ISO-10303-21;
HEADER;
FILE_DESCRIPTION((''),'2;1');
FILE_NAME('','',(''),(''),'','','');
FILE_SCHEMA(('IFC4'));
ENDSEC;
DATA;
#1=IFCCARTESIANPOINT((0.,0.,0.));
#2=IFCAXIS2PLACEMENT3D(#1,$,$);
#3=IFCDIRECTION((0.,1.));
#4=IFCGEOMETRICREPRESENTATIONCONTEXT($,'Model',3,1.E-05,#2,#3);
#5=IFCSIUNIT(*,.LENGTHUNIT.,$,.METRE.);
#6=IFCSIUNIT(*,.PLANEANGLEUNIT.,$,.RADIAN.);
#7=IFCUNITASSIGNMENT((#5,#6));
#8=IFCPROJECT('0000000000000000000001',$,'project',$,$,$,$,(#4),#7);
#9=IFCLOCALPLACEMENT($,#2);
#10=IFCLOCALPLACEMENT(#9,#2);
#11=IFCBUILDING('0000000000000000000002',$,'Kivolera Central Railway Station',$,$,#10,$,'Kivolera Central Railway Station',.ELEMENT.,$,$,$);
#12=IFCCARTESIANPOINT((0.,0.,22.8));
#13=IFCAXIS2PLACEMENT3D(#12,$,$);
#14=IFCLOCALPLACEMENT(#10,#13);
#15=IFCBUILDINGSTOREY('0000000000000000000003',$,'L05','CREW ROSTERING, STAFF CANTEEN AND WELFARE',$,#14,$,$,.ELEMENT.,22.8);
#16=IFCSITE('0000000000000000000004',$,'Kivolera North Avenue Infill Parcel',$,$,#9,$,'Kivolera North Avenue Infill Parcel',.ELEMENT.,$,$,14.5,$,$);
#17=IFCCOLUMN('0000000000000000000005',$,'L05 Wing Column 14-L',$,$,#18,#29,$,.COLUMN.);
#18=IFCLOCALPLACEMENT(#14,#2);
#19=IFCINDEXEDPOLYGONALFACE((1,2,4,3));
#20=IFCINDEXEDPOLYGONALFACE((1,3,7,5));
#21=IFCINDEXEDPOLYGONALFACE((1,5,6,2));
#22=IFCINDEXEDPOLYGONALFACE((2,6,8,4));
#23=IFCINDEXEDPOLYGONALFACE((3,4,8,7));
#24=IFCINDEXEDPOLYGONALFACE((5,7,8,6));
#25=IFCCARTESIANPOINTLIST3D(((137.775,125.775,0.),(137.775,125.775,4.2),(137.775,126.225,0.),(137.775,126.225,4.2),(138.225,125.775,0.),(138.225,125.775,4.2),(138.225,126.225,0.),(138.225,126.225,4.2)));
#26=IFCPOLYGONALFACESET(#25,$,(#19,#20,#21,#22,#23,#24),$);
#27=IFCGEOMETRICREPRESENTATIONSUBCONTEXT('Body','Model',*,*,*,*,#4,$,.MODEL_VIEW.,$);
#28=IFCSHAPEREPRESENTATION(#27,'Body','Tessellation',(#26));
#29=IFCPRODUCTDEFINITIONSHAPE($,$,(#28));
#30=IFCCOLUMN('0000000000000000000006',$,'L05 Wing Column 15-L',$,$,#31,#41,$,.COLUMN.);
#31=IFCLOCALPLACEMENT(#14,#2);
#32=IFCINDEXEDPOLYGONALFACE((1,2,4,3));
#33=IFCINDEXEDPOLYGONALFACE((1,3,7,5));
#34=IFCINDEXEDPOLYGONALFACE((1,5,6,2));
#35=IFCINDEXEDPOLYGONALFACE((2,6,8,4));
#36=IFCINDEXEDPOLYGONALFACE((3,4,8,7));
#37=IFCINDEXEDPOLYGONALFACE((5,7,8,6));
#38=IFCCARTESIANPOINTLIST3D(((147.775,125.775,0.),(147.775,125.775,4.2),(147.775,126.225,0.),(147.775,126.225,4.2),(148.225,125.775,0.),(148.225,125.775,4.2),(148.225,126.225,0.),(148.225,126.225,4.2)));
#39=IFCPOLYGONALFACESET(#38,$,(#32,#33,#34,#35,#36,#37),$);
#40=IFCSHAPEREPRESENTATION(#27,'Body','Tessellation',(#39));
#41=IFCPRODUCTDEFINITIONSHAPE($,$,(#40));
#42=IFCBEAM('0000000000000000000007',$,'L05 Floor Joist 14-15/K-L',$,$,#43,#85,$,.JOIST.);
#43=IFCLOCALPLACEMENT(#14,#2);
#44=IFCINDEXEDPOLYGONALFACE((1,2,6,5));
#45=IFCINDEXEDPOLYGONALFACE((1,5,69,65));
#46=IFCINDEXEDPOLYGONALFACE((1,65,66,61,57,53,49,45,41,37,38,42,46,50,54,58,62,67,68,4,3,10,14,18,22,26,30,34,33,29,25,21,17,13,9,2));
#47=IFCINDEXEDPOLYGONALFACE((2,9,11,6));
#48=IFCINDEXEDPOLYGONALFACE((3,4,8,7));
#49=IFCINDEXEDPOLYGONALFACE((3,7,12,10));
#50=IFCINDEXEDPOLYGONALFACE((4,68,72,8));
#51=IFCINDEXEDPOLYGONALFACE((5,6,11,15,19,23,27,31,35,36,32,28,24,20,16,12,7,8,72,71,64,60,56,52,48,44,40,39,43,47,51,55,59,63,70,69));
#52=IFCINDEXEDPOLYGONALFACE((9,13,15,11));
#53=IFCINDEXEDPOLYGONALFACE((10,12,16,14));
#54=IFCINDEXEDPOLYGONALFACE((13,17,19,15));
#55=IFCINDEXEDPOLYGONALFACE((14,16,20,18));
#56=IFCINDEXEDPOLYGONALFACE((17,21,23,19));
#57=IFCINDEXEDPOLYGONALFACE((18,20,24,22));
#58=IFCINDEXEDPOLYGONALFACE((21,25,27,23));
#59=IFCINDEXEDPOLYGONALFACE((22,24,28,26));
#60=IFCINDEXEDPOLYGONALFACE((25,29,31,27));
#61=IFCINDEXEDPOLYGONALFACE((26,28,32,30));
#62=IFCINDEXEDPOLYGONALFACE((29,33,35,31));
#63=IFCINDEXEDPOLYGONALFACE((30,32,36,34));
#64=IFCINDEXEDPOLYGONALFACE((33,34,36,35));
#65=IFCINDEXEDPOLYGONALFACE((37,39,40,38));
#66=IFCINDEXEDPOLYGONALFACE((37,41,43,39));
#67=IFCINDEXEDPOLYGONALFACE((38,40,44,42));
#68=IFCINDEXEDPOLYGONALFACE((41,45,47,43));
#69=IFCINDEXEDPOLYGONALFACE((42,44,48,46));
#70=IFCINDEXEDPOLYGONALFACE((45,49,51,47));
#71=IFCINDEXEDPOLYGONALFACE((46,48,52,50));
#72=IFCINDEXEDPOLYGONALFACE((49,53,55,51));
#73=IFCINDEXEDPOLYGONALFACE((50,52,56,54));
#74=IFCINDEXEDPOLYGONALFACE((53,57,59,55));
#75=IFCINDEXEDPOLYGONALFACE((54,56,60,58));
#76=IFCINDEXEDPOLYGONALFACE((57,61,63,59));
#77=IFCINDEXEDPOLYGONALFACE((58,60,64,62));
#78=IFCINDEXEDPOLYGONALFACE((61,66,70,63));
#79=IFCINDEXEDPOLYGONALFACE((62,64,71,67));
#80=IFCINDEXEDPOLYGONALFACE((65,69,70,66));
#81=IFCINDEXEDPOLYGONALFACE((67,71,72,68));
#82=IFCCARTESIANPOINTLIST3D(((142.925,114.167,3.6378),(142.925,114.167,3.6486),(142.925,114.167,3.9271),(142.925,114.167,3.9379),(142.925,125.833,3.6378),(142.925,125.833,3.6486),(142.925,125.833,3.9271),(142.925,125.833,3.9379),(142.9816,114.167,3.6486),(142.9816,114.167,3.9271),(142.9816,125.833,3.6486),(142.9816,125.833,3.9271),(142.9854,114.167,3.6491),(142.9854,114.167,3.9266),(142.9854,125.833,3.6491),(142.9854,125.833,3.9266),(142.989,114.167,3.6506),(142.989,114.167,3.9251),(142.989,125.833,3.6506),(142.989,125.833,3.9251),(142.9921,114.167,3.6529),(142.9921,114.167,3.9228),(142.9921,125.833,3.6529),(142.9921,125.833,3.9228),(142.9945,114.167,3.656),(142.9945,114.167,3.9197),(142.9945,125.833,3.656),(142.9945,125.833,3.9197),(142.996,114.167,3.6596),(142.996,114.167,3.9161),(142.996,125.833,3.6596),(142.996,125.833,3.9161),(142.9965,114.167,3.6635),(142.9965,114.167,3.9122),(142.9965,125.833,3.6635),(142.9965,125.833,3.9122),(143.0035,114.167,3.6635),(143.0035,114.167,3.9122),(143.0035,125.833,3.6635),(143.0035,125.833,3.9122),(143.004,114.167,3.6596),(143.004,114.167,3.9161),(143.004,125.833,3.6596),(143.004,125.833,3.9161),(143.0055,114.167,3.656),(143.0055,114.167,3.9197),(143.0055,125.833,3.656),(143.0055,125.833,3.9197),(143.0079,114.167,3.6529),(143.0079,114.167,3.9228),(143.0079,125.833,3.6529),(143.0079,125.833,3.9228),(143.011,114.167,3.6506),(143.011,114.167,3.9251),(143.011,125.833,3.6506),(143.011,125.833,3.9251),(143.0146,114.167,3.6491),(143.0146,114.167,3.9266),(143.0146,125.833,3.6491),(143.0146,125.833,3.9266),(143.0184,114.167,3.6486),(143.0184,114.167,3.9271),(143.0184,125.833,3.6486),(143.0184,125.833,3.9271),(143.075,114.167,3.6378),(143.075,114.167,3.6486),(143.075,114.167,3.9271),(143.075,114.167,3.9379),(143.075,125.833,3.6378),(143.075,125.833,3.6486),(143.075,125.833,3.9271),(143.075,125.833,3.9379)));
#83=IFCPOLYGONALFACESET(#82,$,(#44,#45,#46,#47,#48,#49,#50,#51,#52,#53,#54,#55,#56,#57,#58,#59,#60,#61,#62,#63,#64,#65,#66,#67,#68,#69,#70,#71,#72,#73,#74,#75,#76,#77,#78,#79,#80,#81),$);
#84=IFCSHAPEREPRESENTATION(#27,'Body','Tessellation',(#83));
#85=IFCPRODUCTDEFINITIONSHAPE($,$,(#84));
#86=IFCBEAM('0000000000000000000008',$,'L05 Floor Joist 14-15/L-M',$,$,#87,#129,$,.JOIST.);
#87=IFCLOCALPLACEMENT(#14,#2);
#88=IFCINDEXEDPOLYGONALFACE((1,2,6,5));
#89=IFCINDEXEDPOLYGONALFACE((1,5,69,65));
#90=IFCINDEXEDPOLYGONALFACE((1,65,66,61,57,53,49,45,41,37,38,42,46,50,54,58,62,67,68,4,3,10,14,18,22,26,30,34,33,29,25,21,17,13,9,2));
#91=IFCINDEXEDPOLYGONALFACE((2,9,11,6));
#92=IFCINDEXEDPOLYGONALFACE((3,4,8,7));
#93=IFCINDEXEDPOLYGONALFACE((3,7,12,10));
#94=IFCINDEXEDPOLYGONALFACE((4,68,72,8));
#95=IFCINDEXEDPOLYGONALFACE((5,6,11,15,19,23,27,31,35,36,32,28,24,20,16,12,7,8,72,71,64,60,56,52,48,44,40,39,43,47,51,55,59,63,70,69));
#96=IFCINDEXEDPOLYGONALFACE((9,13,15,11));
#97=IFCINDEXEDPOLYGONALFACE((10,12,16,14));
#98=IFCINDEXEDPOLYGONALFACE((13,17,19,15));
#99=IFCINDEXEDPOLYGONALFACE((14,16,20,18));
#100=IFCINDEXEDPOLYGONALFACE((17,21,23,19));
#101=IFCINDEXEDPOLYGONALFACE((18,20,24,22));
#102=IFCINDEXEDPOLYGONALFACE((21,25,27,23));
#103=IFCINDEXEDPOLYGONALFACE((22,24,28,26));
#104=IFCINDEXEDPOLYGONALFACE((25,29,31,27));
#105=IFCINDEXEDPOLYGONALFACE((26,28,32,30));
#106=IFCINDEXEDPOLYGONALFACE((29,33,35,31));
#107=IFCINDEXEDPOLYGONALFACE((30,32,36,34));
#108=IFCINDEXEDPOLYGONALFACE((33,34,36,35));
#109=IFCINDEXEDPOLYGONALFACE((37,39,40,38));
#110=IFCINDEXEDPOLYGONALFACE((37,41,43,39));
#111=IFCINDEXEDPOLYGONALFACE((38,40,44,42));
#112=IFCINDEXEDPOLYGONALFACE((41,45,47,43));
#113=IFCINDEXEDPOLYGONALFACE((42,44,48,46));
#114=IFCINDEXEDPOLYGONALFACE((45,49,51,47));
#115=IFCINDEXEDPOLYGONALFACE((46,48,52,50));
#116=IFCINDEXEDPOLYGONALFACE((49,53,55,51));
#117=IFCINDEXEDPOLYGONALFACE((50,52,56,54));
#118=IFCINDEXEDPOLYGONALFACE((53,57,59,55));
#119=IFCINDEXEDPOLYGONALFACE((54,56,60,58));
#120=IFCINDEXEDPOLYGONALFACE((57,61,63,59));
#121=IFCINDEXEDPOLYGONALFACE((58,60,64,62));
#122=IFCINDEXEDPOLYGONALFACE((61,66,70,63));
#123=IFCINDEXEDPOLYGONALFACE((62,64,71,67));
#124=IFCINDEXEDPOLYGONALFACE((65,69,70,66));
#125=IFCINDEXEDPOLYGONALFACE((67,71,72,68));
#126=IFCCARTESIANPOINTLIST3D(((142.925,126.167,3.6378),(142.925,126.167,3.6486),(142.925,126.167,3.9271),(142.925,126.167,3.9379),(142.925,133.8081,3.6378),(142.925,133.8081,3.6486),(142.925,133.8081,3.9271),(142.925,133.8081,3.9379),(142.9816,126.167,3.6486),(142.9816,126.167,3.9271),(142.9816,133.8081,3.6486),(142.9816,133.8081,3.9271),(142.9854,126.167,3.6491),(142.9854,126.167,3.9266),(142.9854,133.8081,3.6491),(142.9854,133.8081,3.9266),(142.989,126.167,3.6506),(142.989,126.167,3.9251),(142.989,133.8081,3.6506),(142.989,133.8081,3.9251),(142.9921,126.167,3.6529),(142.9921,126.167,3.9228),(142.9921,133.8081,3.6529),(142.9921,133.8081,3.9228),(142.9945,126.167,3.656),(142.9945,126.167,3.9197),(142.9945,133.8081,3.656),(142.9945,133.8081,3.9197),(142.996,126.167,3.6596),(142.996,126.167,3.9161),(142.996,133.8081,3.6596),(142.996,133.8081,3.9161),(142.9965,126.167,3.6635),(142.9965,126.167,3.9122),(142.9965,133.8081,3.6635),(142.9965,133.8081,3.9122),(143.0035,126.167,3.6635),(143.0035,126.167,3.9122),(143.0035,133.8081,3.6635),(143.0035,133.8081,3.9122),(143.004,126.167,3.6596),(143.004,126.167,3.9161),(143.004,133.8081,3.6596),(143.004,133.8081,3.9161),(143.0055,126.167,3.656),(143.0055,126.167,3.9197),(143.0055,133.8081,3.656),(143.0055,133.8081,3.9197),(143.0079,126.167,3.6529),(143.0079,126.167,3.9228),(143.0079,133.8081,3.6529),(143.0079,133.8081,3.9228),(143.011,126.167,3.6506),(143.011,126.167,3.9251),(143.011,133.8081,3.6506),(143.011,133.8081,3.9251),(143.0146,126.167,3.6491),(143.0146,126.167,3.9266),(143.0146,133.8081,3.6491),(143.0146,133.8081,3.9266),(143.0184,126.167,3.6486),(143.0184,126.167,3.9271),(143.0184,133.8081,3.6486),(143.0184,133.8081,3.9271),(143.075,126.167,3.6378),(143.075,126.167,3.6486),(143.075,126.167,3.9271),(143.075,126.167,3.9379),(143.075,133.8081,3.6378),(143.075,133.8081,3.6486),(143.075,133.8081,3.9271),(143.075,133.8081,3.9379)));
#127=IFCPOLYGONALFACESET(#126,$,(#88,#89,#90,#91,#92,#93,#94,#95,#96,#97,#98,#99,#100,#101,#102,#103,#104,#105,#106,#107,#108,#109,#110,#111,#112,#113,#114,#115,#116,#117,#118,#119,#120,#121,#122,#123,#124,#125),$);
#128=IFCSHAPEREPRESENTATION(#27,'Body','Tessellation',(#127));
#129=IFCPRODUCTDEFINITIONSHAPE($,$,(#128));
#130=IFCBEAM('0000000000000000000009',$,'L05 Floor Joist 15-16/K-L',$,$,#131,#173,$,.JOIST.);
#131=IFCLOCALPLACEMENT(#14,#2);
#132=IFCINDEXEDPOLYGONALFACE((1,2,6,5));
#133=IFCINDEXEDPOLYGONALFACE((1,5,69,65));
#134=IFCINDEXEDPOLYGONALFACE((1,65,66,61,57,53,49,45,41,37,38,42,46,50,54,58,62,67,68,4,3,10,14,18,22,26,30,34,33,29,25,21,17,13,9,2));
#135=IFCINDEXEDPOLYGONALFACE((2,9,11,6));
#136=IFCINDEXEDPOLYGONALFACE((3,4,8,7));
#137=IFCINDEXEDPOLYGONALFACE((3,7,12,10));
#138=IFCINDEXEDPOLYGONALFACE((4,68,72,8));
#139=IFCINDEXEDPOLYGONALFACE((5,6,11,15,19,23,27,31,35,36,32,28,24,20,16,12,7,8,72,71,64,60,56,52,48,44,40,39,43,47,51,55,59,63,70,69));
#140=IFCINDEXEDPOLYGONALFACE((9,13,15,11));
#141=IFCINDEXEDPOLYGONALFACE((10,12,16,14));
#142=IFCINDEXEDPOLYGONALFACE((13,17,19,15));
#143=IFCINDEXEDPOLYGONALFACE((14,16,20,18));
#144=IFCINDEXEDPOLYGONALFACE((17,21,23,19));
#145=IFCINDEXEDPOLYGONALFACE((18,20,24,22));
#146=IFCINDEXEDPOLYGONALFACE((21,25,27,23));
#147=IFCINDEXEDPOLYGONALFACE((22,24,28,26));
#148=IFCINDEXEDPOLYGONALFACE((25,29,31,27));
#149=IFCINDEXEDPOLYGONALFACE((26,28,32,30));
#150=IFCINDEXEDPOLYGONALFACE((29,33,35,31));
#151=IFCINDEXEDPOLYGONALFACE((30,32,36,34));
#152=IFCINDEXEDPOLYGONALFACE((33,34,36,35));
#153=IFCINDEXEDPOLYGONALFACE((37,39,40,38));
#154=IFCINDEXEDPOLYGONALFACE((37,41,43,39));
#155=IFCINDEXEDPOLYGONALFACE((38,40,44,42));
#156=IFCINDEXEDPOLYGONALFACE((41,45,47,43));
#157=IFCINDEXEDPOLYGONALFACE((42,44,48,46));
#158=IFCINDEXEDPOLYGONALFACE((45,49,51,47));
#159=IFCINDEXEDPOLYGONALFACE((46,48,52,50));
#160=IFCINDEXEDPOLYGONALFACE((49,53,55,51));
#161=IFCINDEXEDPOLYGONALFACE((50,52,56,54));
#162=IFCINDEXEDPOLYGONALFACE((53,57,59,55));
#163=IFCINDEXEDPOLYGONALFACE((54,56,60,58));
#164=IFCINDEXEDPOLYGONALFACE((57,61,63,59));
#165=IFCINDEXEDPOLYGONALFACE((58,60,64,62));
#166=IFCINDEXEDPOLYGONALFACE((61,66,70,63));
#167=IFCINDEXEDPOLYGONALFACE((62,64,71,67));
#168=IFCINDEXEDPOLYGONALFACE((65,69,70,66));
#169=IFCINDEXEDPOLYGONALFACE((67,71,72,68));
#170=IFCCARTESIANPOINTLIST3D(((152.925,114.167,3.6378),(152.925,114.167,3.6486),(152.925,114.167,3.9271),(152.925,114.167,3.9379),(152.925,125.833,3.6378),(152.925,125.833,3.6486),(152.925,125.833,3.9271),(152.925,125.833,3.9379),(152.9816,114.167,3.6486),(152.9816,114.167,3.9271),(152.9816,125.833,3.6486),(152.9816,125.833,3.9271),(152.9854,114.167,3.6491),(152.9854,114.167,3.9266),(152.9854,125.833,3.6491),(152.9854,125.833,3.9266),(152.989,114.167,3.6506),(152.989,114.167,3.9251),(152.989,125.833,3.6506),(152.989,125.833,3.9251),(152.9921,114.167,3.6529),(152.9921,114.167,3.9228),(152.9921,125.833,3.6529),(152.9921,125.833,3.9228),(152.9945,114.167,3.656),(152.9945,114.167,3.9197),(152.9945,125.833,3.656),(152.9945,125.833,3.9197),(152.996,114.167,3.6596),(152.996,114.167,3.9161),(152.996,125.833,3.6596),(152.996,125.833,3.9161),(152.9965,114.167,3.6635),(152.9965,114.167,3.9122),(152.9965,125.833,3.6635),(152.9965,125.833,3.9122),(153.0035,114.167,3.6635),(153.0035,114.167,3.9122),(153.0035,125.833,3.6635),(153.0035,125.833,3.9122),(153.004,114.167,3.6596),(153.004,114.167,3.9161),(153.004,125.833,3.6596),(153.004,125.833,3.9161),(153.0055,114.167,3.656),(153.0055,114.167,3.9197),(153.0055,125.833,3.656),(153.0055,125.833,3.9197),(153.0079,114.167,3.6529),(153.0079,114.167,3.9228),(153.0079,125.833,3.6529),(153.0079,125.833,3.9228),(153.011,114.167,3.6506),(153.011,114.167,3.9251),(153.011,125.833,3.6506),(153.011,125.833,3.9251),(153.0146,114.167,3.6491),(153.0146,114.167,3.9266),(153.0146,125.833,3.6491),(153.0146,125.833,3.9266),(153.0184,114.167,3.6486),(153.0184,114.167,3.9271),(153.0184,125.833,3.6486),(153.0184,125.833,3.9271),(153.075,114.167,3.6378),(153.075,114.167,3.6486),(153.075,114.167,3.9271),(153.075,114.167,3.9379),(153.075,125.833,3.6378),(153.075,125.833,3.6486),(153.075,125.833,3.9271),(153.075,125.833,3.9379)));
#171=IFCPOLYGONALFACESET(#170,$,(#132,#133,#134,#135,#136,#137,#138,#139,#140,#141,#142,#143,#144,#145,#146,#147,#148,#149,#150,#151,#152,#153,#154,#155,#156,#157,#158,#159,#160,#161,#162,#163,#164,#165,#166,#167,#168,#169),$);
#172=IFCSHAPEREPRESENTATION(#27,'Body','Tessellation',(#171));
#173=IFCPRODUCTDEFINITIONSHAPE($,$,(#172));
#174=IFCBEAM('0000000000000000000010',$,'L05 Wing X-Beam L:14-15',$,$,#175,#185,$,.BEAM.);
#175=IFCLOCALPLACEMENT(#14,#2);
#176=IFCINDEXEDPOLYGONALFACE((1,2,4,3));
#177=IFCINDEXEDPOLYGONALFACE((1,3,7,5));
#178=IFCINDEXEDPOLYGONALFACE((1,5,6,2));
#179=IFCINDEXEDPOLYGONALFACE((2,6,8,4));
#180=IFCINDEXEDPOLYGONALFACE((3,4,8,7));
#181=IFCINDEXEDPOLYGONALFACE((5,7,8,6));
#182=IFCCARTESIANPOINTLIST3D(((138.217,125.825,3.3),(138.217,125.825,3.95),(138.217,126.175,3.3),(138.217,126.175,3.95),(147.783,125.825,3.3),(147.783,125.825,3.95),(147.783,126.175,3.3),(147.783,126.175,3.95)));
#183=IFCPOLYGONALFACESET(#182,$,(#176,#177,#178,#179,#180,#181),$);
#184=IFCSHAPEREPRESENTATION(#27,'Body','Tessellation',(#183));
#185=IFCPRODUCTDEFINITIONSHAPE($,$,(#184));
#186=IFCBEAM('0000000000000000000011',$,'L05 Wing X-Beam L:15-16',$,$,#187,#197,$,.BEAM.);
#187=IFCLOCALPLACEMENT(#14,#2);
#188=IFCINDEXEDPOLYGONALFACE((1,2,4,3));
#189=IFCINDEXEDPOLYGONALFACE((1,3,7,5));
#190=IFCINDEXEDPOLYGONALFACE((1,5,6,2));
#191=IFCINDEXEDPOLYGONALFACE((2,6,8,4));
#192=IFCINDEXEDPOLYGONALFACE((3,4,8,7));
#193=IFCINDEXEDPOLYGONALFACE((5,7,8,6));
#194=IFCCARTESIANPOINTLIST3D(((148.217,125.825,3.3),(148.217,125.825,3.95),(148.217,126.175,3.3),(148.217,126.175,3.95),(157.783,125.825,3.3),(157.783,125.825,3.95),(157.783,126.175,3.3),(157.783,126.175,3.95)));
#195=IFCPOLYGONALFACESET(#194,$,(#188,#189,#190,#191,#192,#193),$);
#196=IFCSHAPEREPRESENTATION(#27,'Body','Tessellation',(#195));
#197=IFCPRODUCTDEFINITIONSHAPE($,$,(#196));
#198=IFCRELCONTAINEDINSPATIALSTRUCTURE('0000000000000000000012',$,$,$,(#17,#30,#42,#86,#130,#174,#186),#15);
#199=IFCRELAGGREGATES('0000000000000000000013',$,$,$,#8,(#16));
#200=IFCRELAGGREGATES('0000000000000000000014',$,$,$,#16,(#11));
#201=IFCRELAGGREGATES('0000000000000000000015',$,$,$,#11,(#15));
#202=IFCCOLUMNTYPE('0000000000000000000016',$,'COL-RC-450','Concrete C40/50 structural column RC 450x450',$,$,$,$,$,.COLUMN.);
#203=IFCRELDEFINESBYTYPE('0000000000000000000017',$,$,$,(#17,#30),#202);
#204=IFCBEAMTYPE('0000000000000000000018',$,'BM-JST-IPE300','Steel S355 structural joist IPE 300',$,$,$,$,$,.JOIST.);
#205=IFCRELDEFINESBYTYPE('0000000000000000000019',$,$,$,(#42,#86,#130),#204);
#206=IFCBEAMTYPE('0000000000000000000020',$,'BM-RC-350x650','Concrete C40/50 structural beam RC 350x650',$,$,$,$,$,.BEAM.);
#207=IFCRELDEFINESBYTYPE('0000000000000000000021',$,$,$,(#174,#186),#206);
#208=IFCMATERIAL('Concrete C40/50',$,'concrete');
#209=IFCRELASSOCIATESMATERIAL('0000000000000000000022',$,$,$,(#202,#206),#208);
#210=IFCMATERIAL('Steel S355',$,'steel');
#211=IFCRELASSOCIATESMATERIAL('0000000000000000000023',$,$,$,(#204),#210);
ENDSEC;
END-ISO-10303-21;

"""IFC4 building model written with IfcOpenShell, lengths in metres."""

from ifc_helpers import new_model, si_unit, direction, frame, origin, origin_2d, place, context, subcontext, project, spatial, rectangle, i_section, extrude, material, material_profile, profile_set, type_object, element, save


model = new_model("IFC4")

# Units and contexts
model_context = context("Model", 3, precision=1e-05, world=origin(), true_north=direction((0.0, 1.0)))
body_context = subcontext(model_context, "Body", "Model", "MODEL_VIEW")
ifc_project = project(units=[si_unit("LENGTHUNIT", "METRE"), si_unit("PLANEANGLEUNIT", "RADIAN")], contexts=[model_context])

# Site, building, storey
site_placement = place(None, origin())
site = spatial("IfcSite", under=ifc_project, at=site_placement, Name="Kivolera North Avenue Infill Parcel", LongName="Kivolera North Avenue Infill Parcel", CompositionType="ELEMENT", RefElevation=14.5)
building_placement = place(site_placement, origin())
building = spatial("IfcBuilding", under=site, at=building_placement, Name="Kivolera Central Railway Station", LongName="Kivolera Central Railway Station", CompositionType="ELEMENT")
storey_placement = place(building_placement, frame((0.0, 0.0, 22.8)))
storey = spatial("IfcBuildingStorey", under=building, at=storey_placement, Name="L05", Description="CREW ROSTERING, STAFF CANTEEN AND WELFARE", CompositionType="ELEMENT", Elevation=22.8)

# Columns
ifc_material_1 = material(Name="Concrete C40/50", Category="concrete")
ifc_material_profile_1 = material_profile(ifc_material_1, rectangle(XDim=0.45, YDim=0.45, at=origin_2d()), Name="RC 450x450")
ifc_profile_set_1 = profile_set([ifc_material_profile_1], Name="Concrete C40/50")
column_type = type_object("IfcColumnType", Name="COL-RC-450", Description="Concrete C40/50 structural column RC 450x450", PredefinedType="COLUMN", material=ifc_profile_set_1)
for number, where, z_axis, x_axis, name in (
    (1, (138.0, 126.0, 0.0), (0.0, 0.0, 1.0), (1.0, 0.0, 0.0), "L05 Wing Column 14-L"),
    (2, (148.0, 126.0, 0.0), (0.0, 0.0, 1.0), (1.0, 0.0, 0.0), "L05 Wing Column 15-L"),
):
    element("IfcColumn", number, at=place(storey_placement, frame(where, z_axis=z_axis, x_axis=x_axis)), inside=storey, type_object=column_type, Name=name, PredefinedType="COLUMN", context=body_context, shape_type="SweptSolid", body=[
        extrude(rectangle(XDim=0.45, YDim=0.45, at=origin_2d()), origin(), (0.0, 0.0, 1.0), 4.2),
    ])

# Beams
ifc_material_2 = material(Name="Steel S355", Category="steel")
ifc_material_profile_2 = material_profile(ifc_material_2, i_section(OverallWidth=0.1499, OverallDepth=0.3, WebThickness=0.0071, FlangeThickness=0.0107, FilletRadius=0.0149, at=origin_2d()), Name="IPE 300")
ifc_profile_set_2 = profile_set([ifc_material_profile_2], Name="Steel S355")
beam_type_1 = type_object("IfcBeamType", Name="BM-JST-IPE300", Description="Steel S355 structural joist IPE 300", PredefinedType="JOIST", material=ifc_profile_set_2)
beam_1_placement = place(storey_placement, frame((143.0, 114.167, 3.7878), z_axis=(0.0, 1.0, 0.0), x_axis=(-1.0, 0.0, 0.0)))
element("IfcBeam", 3, at=beam_1_placement, inside=storey, type_object=beam_type_1, Name="L05 Floor Joist 14-15/K-L", PredefinedType="JOIST", context=body_context, shape_type="SweptSolid", body=[
    extrude(i_section(OverallWidth=0.1499, OverallDepth=0.3, WebThickness=0.0071, FlangeThickness=0.0107, FilletRadius=0.0149, at=origin_2d()), origin(), (0.0, 0.0, 1.0), 11.666),
])
beam_2_placement = place(storey_placement, frame((143.0, 126.167, 3.7878), z_axis=(0.0, 1.0, 0.0), x_axis=(-1.0, 0.0, 0.0)))
element("IfcBeam", 4, at=beam_2_placement, inside=storey, type_object=beam_type_1, Name="L05 Floor Joist 14-15/L-M", PredefinedType="JOIST", context=body_context, shape_type="SweptSolid", body=[
    extrude(i_section(OverallWidth=0.1499, OverallDepth=0.3, WebThickness=0.0071, FlangeThickness=0.0107, FilletRadius=0.0149, at=origin_2d()), origin(), (0.0, 0.0, 1.0), 7.6411),
])
beam_3_placement = place(storey_placement, frame((153.0, 114.167, 3.7878), z_axis=(0.0, 1.0, 0.0), x_axis=(-1.0, 0.0, 0.0)))
element("IfcBeam", 5, at=beam_3_placement, inside=storey, type_object=beam_type_1, Name="L05 Floor Joist 15-16/K-L", PredefinedType="JOIST", context=body_context, shape_type="SweptSolid", body=[
    extrude(i_section(OverallWidth=0.1499, OverallDepth=0.3, WebThickness=0.0071, FlangeThickness=0.0107, FilletRadius=0.0149, at=origin_2d()), origin(), (0.0, 0.0, 1.0), 11.666),
])
ifc_material_profile_3 = material_profile(ifc_material_1, rectangle(XDim=0.3501, YDim=0.6499, at=origin_2d()), Name="RC 350x650")
ifc_profile_set_3 = profile_set([ifc_material_profile_3], Name="Concrete C40/50")
beam_type_2 = type_object("IfcBeamType", Name="BM-RC-350x650", Description="Concrete C40/50 structural beam RC 350x650", PredefinedType="BEAM", material=ifc_profile_set_3)
for number, where, z_axis, x_axis, name in (
    (6, (138.217, 126.0, 3.625), (1.0, 0.0, 0.0), (0.0, 1.0, 0.0), "L05 Wing X-Beam L:14-15"),
    (7, (148.217, 126.0, 3.625), (1.0, 0.0, 0.0), (0.0, 1.0, 0.0), "L05 Wing X-Beam L:15-16"),
):
    element("IfcBeam", number, at=place(storey_placement, frame(where, z_axis=z_axis, x_axis=x_axis)), inside=storey, type_object=beam_type_2, Name=name, PredefinedType="BEAM", context=body_context, shape_type="SweptSolid", body=[
        extrude(rectangle(XDim=0.3501, YDim=0.6499, at=origin_2d()), origin(), (0.0, 0.0, 1.0), 9.5659),
    ])

save(model, "model.ifc")
